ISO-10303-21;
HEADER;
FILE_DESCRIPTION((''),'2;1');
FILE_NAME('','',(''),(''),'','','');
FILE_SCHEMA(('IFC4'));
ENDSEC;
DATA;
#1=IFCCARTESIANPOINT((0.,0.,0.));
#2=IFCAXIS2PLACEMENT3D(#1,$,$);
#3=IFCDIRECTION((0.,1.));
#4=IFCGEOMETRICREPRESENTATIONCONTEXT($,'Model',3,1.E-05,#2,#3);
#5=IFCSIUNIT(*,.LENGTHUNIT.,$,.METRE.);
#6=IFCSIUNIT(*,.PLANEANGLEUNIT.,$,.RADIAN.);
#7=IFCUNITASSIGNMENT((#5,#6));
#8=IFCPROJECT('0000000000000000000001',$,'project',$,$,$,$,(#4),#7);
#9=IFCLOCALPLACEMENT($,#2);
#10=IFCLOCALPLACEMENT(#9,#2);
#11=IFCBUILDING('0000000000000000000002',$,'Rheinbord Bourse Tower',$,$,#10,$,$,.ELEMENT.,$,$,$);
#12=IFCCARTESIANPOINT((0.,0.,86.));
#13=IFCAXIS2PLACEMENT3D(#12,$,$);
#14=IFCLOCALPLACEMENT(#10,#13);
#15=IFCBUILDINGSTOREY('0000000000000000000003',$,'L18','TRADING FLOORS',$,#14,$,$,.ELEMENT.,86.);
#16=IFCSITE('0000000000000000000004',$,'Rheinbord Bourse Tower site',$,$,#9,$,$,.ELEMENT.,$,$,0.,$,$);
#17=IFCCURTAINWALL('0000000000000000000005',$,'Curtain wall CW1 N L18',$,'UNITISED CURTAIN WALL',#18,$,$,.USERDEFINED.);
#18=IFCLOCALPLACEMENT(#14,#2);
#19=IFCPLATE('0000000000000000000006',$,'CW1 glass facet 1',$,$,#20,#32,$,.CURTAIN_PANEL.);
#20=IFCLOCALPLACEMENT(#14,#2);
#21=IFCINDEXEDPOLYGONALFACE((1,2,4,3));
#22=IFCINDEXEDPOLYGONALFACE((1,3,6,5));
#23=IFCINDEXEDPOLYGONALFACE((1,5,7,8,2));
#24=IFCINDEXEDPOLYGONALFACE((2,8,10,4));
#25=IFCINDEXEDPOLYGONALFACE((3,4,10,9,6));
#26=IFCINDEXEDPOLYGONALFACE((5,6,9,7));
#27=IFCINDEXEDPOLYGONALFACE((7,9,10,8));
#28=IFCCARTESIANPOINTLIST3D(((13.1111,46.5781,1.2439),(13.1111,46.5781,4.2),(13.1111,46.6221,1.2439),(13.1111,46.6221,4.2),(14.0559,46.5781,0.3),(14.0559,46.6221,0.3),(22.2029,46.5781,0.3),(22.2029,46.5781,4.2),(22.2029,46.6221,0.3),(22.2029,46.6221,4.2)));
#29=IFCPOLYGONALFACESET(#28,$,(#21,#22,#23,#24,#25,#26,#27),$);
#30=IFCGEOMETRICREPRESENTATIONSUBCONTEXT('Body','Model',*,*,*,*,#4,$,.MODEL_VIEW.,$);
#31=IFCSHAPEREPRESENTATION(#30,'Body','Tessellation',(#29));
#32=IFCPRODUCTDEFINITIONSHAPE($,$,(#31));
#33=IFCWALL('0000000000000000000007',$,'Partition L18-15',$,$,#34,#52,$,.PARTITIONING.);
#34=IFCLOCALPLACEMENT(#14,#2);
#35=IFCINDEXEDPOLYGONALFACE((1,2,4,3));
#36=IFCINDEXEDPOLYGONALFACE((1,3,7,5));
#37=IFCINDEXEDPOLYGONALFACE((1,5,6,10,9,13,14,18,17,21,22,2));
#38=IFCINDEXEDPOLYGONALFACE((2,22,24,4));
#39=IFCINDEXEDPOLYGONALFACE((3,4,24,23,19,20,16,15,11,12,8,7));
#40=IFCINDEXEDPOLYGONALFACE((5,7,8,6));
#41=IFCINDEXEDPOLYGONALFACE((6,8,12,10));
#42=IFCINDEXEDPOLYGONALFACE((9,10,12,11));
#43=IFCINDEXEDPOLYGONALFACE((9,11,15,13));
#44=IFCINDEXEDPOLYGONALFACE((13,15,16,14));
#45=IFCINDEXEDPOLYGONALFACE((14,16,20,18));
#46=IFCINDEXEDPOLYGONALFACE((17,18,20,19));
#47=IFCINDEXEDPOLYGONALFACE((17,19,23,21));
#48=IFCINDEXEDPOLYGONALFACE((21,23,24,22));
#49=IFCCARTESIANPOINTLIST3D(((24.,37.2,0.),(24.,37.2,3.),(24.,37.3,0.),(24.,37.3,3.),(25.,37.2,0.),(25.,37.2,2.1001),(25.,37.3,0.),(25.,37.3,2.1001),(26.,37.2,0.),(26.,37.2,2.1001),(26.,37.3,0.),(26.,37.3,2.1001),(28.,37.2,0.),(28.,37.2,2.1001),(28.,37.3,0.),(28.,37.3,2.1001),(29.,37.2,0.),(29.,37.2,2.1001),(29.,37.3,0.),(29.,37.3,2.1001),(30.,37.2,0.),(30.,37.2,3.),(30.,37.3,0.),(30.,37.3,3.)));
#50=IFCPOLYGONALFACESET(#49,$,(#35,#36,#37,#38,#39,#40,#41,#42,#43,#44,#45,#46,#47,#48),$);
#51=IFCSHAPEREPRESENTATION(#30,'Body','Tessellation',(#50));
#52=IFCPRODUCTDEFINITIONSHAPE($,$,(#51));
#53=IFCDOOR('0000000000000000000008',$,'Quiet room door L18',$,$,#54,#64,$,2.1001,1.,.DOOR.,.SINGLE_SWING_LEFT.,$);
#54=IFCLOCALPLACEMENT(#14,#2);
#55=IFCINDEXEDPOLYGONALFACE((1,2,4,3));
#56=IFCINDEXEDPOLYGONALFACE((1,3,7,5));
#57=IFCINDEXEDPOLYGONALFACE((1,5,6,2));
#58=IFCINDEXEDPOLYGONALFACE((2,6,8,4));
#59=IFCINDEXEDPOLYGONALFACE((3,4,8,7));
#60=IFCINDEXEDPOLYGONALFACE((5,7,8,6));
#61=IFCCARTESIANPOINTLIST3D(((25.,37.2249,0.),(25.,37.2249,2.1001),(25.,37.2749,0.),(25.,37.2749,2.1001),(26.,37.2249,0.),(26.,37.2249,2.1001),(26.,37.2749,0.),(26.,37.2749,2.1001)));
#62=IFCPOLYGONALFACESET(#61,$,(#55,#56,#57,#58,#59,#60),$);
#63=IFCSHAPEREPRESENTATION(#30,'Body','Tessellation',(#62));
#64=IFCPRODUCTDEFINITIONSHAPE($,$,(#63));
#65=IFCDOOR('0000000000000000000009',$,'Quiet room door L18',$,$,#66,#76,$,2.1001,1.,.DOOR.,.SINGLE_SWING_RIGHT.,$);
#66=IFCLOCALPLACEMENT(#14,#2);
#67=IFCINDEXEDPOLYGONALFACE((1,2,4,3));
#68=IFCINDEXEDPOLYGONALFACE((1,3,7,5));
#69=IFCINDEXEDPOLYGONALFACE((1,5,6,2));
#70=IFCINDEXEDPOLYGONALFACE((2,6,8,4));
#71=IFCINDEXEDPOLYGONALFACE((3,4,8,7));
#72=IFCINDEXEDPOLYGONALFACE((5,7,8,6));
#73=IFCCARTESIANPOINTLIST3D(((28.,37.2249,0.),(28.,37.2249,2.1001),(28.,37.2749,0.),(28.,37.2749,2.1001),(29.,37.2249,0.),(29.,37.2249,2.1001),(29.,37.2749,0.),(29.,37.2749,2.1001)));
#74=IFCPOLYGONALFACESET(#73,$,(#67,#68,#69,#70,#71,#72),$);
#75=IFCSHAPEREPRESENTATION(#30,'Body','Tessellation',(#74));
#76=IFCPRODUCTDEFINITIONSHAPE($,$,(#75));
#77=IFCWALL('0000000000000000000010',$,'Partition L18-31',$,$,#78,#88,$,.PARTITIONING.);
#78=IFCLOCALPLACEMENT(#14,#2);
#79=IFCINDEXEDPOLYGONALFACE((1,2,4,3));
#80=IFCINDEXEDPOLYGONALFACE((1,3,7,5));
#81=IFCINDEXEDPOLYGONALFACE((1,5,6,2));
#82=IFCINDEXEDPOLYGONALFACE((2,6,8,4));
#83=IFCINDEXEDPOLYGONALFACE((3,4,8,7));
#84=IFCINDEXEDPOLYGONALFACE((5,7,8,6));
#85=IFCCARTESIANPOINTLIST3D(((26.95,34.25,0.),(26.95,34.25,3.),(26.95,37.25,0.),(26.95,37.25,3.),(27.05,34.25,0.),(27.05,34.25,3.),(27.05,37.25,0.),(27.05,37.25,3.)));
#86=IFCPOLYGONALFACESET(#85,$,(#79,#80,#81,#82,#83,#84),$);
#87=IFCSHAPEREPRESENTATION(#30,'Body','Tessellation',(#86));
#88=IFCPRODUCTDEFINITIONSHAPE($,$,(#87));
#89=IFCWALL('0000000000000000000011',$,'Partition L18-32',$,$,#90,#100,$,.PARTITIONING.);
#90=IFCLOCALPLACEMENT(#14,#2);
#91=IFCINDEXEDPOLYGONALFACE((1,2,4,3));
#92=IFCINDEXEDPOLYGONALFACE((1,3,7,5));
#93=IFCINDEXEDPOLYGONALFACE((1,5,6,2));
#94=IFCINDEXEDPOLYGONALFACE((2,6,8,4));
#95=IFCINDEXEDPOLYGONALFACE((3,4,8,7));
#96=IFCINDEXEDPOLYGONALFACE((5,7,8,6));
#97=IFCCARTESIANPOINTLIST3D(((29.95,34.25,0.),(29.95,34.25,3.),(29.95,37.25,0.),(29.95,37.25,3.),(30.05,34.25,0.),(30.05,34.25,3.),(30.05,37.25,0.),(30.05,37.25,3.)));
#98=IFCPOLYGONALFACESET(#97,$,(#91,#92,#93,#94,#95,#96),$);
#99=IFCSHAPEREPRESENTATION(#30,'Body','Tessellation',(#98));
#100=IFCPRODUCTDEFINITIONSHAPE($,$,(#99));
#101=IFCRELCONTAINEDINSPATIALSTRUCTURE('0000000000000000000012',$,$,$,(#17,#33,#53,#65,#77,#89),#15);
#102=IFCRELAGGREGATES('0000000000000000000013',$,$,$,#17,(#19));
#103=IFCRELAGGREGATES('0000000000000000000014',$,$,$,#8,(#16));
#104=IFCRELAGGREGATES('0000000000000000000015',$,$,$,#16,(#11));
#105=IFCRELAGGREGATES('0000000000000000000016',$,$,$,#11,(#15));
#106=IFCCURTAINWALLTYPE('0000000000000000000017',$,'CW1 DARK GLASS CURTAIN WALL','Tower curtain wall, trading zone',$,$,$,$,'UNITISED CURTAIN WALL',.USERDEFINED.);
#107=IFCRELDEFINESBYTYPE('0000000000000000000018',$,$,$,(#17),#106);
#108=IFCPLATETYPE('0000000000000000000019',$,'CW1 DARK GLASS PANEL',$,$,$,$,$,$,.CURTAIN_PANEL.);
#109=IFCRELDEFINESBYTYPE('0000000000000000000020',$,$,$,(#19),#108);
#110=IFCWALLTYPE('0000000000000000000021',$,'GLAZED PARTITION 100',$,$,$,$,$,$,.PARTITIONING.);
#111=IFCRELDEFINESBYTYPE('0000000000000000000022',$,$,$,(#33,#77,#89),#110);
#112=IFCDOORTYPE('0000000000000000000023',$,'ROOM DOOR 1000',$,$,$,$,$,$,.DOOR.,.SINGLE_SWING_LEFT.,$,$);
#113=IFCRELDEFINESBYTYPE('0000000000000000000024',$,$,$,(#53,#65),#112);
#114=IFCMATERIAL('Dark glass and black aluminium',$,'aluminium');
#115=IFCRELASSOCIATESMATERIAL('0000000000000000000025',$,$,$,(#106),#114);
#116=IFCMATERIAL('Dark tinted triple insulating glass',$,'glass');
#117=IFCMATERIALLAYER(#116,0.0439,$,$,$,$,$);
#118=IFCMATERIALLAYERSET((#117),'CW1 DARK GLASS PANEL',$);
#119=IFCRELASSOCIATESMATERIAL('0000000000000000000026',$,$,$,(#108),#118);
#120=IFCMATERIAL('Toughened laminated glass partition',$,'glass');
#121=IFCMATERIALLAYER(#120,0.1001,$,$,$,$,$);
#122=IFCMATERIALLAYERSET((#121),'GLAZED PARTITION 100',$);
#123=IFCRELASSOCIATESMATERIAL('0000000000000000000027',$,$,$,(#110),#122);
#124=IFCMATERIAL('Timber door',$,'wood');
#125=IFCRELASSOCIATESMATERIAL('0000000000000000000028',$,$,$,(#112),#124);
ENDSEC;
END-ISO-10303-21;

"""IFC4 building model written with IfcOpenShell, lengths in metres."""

from ifc_helpers import new_model, si_unit, direction, frame, frame_2d, origin, place, context, subcontext, project, spatial, polyline, rectangle, outline, extrude, material, layer, layer_set, type_object, element, fill, aggregate, save


model = new_model("IFC4")

# Units and contexts
model_context = context("Model", 3, precision=1e-05, world=origin(), true_north=direction((0.0, 1.0)))
body_context = subcontext(model_context, "Body", "Model", "MODEL_VIEW")
ifc_project = project(units=[si_unit("LENGTHUNIT", "METRE"), si_unit("PLANEANGLEUNIT", "RADIAN")], contexts=[model_context])

# Site, building, storey
site_placement = place(None, origin())
site = spatial("IfcSite", under=ifc_project, at=site_placement, Name="Rheinbord Bourse Tower site", CompositionType="ELEMENT", RefElevation=0.0)
building_placement = place(site_placement, origin())
building = spatial("IfcBuilding", under=site, at=building_placement, Name="Rheinbord Bourse Tower", CompositionType="ELEMENT")
storey_placement = place(building_placement, frame((0.0, 0.0, 86.0)))
storey = spatial("IfcBuildingStorey", under=building, at=storey_placement, Name="L18", Description="TRADING FLOORS", CompositionType="ELEMENT", Elevation=86.0)

# Curtain wall
ifc_material_1 = material(Name="Dark glass and black aluminium", Category="aluminium")
curtain_wall_type = type_object("IfcCurtainWallType", Name="CW1 DARK GLASS CURTAIN WALL", Description="Tower curtain wall, trading zone", ElementType="UNITISED CURTAIN WALL", PredefinedType="USERDEFINED", material=ifc_material_1)
curtain_wall_placement = place(storey_placement, origin())
curtain_wall = element("IfcCurtainWall", 1, at=curtain_wall_placement, inside=storey, type_object=curtain_wall_type, Name="Curtain wall CW1 N L18", ObjectType="UNITISED CURTAIN WALL", PredefinedType="USERDEFINED")

# Plate
ifc_material_2 = material(Name="Dark tinted triple insulating glass", Category="glass")
ifc_layer_1 = layer(ifc_material_2, 0.0439)
ifc_layer_set_1 = layer_set([ifc_layer_1], Name="CW1 DARK GLASS PANEL")
plate_type = type_object("IfcPlateType", Name="CW1 DARK GLASS PANEL", PredefinedType="CURTAIN_PANEL", material=ifc_layer_set_1)
plate_1_placement = place(storey_placement, frame((22.2029, 46.6221, 0.3), z_axis=(0.0, -1.0, 0.0), x_axis=(0.0, 0.0, 1.0)))
plate_1 = element("IfcPlate", 2, at=plate_1_placement, type_object=plate_type, Name="CW1 glass facet 1", PredefinedType="CURTAIN_PANEL", context=body_context, shape_type="SweptSolid", body=[
    extrude(outline(polyline([(0.0, 0.0), (3.8999, 0.0), (3.8999, 9.0918), (0.9438, 9.0918), (0.0, 8.147), (0.0, 0.0)])), origin(), (0.0, 0.0, 1.0), 0.0439),
])
aggregate(curtain_wall, [plate_1])

# Wall, openings, doors
ifc_material_3 = material(Name="Toughened laminated glass partition", Category="glass")
ifc_layer_2 = layer(ifc_material_3, 0.1001)
ifc_layer_set_2 = layer_set([ifc_layer_2], Name="GLAZED PARTITION 100")
wall_type = type_object("IfcWallType", Name="GLAZED PARTITION 100", PredefinedType="PARTITIONING", material=ifc_layer_set_2)
wall_placement = place(storey_placement, frame((24.0, 37.25, 0.0), z_axis=(0.0, 0.0, 1.0), x_axis=(1.0, 0.0, 0.0)))
wall = element("IfcWall", 3, at=wall_placement, inside=storey, type_object=wall_type, Name="Partition L18-15", PredefinedType="PARTITIONING", context=body_context, shape_type="SweptSolid", body=[
    extrude(rectangle(XDim=6.0, YDim=0.1001, at=frame_2d((3.0, 0.0))), origin(), (0.0, 0.0, 1.0), 3.0),
])
opening_1_placement = place(wall_placement, frame((1.0, 0.0, 0.0)))
opening_1 = element("IfcOpeningElement", 4, at=opening_1_placement, cuts=wall, PredefinedType="OPENING", context=body_context, shape_type="SweptSolid", body=[
    extrude(rectangle(XDim=1.0, YDim=2.1001, at=frame_2d((0.5, 1.05))), frame((0.0, 0.0601, 0.0), z_axis=(0.0, -1.0, 0.0), x_axis=(1.0, 0.0, 0.0)), (0.0, 0.0, 1.0), 0.1201),
])
opening_2_placement = place(wall_placement, frame((4.0, 0.0, 0.0)))
opening_2 = element("IfcOpeningElement", 5, at=opening_2_placement, cuts=wall, PredefinedType="OPENING", context=body_context, shape_type="SweptSolid", body=[
    extrude(rectangle(XDim=1.0, YDim=2.1001, at=frame_2d((0.5, 1.05))), frame((0.0, 0.0601, 0.0), z_axis=(0.0, -1.0, 0.0), x_axis=(1.0, 0.0, 0.0)), (0.0, 0.0, 1.0), 0.1201),
])
ifc_material_4 = material(Name="Timber door", Category="wood")
door_type = type_object("IfcDoorType", Name="ROOM DOOR 1000", OperationType="SINGLE_SWING_LEFT", PredefinedType="DOOR", material=ifc_material_4)
door_1_placement = place(opening_1_placement, origin())
door_1 = element("IfcDoor", 6, at=door_1_placement, inside=storey, type_object=door_type, Name="Quiet room door L18", OperationType="SINGLE_SWING_LEFT", OverallHeight=2.1001, OverallWidth=1.0, PredefinedType="DOOR", context=body_context, shape_type="SweptSolid", body=[
    extrude(rectangle(XDim=1.0, YDim=2.1001, at=frame_2d((0.5, 1.05))), frame((0.0, 0.0249, 0.0), z_axis=(0.0, -1.0, 0.0), x_axis=(1.0, 0.0, 0.0)), (0.0, 0.0, 1.0), 0.05),
])
fill(opening_1, door_1)
door_2_placement = place(opening_2_placement, origin())
door_2 = element("IfcDoor", 7, at=door_2_placement, inside=storey, type_object=door_type, Name="Quiet room door L18", OperationType="SINGLE_SWING_RIGHT", OverallHeight=2.1001, OverallWidth=1.0, PredefinedType="DOOR", context=body_context, shape_type="SweptSolid", body=[
    extrude(rectangle(XDim=1.0, YDim=2.1001, at=frame_2d((0.5, 1.05))), frame((0.0, 0.0249, 0.0), z_axis=(0.0, -1.0, 0.0), x_axis=(1.0, 0.0, 0.0)), (0.0, 0.0, 1.0), 0.05),
])
fill(opening_2, door_2)

# Walls
for number, where, z_axis, x_axis, name in (
    (8, (27.0, 34.25, 0.0), (0.0, 0.0, 1.0), (0.0, 1.0, 0.0), "Partition L18-31"),
    (9, (30.0, 34.25, 0.0), (0.0, 0.0, 1.0), (0.0, 1.0, 0.0), "Partition L18-32"),
):
    element("IfcWall", number, at=place(storey_placement, frame(where, z_axis=z_axis, x_axis=x_axis)), inside=storey, type_object=wall_type, Name=name, PredefinedType="PARTITIONING", context=body_context, shape_type="SweptSolid", body=[
        extrude(rectangle(XDim=3.0, YDim=0.1001, at=frame_2d((1.5, 0.0))), origin(), (0.0, 0.0, 1.0), 3.0),
    ])

save(model, "model.ifc")
